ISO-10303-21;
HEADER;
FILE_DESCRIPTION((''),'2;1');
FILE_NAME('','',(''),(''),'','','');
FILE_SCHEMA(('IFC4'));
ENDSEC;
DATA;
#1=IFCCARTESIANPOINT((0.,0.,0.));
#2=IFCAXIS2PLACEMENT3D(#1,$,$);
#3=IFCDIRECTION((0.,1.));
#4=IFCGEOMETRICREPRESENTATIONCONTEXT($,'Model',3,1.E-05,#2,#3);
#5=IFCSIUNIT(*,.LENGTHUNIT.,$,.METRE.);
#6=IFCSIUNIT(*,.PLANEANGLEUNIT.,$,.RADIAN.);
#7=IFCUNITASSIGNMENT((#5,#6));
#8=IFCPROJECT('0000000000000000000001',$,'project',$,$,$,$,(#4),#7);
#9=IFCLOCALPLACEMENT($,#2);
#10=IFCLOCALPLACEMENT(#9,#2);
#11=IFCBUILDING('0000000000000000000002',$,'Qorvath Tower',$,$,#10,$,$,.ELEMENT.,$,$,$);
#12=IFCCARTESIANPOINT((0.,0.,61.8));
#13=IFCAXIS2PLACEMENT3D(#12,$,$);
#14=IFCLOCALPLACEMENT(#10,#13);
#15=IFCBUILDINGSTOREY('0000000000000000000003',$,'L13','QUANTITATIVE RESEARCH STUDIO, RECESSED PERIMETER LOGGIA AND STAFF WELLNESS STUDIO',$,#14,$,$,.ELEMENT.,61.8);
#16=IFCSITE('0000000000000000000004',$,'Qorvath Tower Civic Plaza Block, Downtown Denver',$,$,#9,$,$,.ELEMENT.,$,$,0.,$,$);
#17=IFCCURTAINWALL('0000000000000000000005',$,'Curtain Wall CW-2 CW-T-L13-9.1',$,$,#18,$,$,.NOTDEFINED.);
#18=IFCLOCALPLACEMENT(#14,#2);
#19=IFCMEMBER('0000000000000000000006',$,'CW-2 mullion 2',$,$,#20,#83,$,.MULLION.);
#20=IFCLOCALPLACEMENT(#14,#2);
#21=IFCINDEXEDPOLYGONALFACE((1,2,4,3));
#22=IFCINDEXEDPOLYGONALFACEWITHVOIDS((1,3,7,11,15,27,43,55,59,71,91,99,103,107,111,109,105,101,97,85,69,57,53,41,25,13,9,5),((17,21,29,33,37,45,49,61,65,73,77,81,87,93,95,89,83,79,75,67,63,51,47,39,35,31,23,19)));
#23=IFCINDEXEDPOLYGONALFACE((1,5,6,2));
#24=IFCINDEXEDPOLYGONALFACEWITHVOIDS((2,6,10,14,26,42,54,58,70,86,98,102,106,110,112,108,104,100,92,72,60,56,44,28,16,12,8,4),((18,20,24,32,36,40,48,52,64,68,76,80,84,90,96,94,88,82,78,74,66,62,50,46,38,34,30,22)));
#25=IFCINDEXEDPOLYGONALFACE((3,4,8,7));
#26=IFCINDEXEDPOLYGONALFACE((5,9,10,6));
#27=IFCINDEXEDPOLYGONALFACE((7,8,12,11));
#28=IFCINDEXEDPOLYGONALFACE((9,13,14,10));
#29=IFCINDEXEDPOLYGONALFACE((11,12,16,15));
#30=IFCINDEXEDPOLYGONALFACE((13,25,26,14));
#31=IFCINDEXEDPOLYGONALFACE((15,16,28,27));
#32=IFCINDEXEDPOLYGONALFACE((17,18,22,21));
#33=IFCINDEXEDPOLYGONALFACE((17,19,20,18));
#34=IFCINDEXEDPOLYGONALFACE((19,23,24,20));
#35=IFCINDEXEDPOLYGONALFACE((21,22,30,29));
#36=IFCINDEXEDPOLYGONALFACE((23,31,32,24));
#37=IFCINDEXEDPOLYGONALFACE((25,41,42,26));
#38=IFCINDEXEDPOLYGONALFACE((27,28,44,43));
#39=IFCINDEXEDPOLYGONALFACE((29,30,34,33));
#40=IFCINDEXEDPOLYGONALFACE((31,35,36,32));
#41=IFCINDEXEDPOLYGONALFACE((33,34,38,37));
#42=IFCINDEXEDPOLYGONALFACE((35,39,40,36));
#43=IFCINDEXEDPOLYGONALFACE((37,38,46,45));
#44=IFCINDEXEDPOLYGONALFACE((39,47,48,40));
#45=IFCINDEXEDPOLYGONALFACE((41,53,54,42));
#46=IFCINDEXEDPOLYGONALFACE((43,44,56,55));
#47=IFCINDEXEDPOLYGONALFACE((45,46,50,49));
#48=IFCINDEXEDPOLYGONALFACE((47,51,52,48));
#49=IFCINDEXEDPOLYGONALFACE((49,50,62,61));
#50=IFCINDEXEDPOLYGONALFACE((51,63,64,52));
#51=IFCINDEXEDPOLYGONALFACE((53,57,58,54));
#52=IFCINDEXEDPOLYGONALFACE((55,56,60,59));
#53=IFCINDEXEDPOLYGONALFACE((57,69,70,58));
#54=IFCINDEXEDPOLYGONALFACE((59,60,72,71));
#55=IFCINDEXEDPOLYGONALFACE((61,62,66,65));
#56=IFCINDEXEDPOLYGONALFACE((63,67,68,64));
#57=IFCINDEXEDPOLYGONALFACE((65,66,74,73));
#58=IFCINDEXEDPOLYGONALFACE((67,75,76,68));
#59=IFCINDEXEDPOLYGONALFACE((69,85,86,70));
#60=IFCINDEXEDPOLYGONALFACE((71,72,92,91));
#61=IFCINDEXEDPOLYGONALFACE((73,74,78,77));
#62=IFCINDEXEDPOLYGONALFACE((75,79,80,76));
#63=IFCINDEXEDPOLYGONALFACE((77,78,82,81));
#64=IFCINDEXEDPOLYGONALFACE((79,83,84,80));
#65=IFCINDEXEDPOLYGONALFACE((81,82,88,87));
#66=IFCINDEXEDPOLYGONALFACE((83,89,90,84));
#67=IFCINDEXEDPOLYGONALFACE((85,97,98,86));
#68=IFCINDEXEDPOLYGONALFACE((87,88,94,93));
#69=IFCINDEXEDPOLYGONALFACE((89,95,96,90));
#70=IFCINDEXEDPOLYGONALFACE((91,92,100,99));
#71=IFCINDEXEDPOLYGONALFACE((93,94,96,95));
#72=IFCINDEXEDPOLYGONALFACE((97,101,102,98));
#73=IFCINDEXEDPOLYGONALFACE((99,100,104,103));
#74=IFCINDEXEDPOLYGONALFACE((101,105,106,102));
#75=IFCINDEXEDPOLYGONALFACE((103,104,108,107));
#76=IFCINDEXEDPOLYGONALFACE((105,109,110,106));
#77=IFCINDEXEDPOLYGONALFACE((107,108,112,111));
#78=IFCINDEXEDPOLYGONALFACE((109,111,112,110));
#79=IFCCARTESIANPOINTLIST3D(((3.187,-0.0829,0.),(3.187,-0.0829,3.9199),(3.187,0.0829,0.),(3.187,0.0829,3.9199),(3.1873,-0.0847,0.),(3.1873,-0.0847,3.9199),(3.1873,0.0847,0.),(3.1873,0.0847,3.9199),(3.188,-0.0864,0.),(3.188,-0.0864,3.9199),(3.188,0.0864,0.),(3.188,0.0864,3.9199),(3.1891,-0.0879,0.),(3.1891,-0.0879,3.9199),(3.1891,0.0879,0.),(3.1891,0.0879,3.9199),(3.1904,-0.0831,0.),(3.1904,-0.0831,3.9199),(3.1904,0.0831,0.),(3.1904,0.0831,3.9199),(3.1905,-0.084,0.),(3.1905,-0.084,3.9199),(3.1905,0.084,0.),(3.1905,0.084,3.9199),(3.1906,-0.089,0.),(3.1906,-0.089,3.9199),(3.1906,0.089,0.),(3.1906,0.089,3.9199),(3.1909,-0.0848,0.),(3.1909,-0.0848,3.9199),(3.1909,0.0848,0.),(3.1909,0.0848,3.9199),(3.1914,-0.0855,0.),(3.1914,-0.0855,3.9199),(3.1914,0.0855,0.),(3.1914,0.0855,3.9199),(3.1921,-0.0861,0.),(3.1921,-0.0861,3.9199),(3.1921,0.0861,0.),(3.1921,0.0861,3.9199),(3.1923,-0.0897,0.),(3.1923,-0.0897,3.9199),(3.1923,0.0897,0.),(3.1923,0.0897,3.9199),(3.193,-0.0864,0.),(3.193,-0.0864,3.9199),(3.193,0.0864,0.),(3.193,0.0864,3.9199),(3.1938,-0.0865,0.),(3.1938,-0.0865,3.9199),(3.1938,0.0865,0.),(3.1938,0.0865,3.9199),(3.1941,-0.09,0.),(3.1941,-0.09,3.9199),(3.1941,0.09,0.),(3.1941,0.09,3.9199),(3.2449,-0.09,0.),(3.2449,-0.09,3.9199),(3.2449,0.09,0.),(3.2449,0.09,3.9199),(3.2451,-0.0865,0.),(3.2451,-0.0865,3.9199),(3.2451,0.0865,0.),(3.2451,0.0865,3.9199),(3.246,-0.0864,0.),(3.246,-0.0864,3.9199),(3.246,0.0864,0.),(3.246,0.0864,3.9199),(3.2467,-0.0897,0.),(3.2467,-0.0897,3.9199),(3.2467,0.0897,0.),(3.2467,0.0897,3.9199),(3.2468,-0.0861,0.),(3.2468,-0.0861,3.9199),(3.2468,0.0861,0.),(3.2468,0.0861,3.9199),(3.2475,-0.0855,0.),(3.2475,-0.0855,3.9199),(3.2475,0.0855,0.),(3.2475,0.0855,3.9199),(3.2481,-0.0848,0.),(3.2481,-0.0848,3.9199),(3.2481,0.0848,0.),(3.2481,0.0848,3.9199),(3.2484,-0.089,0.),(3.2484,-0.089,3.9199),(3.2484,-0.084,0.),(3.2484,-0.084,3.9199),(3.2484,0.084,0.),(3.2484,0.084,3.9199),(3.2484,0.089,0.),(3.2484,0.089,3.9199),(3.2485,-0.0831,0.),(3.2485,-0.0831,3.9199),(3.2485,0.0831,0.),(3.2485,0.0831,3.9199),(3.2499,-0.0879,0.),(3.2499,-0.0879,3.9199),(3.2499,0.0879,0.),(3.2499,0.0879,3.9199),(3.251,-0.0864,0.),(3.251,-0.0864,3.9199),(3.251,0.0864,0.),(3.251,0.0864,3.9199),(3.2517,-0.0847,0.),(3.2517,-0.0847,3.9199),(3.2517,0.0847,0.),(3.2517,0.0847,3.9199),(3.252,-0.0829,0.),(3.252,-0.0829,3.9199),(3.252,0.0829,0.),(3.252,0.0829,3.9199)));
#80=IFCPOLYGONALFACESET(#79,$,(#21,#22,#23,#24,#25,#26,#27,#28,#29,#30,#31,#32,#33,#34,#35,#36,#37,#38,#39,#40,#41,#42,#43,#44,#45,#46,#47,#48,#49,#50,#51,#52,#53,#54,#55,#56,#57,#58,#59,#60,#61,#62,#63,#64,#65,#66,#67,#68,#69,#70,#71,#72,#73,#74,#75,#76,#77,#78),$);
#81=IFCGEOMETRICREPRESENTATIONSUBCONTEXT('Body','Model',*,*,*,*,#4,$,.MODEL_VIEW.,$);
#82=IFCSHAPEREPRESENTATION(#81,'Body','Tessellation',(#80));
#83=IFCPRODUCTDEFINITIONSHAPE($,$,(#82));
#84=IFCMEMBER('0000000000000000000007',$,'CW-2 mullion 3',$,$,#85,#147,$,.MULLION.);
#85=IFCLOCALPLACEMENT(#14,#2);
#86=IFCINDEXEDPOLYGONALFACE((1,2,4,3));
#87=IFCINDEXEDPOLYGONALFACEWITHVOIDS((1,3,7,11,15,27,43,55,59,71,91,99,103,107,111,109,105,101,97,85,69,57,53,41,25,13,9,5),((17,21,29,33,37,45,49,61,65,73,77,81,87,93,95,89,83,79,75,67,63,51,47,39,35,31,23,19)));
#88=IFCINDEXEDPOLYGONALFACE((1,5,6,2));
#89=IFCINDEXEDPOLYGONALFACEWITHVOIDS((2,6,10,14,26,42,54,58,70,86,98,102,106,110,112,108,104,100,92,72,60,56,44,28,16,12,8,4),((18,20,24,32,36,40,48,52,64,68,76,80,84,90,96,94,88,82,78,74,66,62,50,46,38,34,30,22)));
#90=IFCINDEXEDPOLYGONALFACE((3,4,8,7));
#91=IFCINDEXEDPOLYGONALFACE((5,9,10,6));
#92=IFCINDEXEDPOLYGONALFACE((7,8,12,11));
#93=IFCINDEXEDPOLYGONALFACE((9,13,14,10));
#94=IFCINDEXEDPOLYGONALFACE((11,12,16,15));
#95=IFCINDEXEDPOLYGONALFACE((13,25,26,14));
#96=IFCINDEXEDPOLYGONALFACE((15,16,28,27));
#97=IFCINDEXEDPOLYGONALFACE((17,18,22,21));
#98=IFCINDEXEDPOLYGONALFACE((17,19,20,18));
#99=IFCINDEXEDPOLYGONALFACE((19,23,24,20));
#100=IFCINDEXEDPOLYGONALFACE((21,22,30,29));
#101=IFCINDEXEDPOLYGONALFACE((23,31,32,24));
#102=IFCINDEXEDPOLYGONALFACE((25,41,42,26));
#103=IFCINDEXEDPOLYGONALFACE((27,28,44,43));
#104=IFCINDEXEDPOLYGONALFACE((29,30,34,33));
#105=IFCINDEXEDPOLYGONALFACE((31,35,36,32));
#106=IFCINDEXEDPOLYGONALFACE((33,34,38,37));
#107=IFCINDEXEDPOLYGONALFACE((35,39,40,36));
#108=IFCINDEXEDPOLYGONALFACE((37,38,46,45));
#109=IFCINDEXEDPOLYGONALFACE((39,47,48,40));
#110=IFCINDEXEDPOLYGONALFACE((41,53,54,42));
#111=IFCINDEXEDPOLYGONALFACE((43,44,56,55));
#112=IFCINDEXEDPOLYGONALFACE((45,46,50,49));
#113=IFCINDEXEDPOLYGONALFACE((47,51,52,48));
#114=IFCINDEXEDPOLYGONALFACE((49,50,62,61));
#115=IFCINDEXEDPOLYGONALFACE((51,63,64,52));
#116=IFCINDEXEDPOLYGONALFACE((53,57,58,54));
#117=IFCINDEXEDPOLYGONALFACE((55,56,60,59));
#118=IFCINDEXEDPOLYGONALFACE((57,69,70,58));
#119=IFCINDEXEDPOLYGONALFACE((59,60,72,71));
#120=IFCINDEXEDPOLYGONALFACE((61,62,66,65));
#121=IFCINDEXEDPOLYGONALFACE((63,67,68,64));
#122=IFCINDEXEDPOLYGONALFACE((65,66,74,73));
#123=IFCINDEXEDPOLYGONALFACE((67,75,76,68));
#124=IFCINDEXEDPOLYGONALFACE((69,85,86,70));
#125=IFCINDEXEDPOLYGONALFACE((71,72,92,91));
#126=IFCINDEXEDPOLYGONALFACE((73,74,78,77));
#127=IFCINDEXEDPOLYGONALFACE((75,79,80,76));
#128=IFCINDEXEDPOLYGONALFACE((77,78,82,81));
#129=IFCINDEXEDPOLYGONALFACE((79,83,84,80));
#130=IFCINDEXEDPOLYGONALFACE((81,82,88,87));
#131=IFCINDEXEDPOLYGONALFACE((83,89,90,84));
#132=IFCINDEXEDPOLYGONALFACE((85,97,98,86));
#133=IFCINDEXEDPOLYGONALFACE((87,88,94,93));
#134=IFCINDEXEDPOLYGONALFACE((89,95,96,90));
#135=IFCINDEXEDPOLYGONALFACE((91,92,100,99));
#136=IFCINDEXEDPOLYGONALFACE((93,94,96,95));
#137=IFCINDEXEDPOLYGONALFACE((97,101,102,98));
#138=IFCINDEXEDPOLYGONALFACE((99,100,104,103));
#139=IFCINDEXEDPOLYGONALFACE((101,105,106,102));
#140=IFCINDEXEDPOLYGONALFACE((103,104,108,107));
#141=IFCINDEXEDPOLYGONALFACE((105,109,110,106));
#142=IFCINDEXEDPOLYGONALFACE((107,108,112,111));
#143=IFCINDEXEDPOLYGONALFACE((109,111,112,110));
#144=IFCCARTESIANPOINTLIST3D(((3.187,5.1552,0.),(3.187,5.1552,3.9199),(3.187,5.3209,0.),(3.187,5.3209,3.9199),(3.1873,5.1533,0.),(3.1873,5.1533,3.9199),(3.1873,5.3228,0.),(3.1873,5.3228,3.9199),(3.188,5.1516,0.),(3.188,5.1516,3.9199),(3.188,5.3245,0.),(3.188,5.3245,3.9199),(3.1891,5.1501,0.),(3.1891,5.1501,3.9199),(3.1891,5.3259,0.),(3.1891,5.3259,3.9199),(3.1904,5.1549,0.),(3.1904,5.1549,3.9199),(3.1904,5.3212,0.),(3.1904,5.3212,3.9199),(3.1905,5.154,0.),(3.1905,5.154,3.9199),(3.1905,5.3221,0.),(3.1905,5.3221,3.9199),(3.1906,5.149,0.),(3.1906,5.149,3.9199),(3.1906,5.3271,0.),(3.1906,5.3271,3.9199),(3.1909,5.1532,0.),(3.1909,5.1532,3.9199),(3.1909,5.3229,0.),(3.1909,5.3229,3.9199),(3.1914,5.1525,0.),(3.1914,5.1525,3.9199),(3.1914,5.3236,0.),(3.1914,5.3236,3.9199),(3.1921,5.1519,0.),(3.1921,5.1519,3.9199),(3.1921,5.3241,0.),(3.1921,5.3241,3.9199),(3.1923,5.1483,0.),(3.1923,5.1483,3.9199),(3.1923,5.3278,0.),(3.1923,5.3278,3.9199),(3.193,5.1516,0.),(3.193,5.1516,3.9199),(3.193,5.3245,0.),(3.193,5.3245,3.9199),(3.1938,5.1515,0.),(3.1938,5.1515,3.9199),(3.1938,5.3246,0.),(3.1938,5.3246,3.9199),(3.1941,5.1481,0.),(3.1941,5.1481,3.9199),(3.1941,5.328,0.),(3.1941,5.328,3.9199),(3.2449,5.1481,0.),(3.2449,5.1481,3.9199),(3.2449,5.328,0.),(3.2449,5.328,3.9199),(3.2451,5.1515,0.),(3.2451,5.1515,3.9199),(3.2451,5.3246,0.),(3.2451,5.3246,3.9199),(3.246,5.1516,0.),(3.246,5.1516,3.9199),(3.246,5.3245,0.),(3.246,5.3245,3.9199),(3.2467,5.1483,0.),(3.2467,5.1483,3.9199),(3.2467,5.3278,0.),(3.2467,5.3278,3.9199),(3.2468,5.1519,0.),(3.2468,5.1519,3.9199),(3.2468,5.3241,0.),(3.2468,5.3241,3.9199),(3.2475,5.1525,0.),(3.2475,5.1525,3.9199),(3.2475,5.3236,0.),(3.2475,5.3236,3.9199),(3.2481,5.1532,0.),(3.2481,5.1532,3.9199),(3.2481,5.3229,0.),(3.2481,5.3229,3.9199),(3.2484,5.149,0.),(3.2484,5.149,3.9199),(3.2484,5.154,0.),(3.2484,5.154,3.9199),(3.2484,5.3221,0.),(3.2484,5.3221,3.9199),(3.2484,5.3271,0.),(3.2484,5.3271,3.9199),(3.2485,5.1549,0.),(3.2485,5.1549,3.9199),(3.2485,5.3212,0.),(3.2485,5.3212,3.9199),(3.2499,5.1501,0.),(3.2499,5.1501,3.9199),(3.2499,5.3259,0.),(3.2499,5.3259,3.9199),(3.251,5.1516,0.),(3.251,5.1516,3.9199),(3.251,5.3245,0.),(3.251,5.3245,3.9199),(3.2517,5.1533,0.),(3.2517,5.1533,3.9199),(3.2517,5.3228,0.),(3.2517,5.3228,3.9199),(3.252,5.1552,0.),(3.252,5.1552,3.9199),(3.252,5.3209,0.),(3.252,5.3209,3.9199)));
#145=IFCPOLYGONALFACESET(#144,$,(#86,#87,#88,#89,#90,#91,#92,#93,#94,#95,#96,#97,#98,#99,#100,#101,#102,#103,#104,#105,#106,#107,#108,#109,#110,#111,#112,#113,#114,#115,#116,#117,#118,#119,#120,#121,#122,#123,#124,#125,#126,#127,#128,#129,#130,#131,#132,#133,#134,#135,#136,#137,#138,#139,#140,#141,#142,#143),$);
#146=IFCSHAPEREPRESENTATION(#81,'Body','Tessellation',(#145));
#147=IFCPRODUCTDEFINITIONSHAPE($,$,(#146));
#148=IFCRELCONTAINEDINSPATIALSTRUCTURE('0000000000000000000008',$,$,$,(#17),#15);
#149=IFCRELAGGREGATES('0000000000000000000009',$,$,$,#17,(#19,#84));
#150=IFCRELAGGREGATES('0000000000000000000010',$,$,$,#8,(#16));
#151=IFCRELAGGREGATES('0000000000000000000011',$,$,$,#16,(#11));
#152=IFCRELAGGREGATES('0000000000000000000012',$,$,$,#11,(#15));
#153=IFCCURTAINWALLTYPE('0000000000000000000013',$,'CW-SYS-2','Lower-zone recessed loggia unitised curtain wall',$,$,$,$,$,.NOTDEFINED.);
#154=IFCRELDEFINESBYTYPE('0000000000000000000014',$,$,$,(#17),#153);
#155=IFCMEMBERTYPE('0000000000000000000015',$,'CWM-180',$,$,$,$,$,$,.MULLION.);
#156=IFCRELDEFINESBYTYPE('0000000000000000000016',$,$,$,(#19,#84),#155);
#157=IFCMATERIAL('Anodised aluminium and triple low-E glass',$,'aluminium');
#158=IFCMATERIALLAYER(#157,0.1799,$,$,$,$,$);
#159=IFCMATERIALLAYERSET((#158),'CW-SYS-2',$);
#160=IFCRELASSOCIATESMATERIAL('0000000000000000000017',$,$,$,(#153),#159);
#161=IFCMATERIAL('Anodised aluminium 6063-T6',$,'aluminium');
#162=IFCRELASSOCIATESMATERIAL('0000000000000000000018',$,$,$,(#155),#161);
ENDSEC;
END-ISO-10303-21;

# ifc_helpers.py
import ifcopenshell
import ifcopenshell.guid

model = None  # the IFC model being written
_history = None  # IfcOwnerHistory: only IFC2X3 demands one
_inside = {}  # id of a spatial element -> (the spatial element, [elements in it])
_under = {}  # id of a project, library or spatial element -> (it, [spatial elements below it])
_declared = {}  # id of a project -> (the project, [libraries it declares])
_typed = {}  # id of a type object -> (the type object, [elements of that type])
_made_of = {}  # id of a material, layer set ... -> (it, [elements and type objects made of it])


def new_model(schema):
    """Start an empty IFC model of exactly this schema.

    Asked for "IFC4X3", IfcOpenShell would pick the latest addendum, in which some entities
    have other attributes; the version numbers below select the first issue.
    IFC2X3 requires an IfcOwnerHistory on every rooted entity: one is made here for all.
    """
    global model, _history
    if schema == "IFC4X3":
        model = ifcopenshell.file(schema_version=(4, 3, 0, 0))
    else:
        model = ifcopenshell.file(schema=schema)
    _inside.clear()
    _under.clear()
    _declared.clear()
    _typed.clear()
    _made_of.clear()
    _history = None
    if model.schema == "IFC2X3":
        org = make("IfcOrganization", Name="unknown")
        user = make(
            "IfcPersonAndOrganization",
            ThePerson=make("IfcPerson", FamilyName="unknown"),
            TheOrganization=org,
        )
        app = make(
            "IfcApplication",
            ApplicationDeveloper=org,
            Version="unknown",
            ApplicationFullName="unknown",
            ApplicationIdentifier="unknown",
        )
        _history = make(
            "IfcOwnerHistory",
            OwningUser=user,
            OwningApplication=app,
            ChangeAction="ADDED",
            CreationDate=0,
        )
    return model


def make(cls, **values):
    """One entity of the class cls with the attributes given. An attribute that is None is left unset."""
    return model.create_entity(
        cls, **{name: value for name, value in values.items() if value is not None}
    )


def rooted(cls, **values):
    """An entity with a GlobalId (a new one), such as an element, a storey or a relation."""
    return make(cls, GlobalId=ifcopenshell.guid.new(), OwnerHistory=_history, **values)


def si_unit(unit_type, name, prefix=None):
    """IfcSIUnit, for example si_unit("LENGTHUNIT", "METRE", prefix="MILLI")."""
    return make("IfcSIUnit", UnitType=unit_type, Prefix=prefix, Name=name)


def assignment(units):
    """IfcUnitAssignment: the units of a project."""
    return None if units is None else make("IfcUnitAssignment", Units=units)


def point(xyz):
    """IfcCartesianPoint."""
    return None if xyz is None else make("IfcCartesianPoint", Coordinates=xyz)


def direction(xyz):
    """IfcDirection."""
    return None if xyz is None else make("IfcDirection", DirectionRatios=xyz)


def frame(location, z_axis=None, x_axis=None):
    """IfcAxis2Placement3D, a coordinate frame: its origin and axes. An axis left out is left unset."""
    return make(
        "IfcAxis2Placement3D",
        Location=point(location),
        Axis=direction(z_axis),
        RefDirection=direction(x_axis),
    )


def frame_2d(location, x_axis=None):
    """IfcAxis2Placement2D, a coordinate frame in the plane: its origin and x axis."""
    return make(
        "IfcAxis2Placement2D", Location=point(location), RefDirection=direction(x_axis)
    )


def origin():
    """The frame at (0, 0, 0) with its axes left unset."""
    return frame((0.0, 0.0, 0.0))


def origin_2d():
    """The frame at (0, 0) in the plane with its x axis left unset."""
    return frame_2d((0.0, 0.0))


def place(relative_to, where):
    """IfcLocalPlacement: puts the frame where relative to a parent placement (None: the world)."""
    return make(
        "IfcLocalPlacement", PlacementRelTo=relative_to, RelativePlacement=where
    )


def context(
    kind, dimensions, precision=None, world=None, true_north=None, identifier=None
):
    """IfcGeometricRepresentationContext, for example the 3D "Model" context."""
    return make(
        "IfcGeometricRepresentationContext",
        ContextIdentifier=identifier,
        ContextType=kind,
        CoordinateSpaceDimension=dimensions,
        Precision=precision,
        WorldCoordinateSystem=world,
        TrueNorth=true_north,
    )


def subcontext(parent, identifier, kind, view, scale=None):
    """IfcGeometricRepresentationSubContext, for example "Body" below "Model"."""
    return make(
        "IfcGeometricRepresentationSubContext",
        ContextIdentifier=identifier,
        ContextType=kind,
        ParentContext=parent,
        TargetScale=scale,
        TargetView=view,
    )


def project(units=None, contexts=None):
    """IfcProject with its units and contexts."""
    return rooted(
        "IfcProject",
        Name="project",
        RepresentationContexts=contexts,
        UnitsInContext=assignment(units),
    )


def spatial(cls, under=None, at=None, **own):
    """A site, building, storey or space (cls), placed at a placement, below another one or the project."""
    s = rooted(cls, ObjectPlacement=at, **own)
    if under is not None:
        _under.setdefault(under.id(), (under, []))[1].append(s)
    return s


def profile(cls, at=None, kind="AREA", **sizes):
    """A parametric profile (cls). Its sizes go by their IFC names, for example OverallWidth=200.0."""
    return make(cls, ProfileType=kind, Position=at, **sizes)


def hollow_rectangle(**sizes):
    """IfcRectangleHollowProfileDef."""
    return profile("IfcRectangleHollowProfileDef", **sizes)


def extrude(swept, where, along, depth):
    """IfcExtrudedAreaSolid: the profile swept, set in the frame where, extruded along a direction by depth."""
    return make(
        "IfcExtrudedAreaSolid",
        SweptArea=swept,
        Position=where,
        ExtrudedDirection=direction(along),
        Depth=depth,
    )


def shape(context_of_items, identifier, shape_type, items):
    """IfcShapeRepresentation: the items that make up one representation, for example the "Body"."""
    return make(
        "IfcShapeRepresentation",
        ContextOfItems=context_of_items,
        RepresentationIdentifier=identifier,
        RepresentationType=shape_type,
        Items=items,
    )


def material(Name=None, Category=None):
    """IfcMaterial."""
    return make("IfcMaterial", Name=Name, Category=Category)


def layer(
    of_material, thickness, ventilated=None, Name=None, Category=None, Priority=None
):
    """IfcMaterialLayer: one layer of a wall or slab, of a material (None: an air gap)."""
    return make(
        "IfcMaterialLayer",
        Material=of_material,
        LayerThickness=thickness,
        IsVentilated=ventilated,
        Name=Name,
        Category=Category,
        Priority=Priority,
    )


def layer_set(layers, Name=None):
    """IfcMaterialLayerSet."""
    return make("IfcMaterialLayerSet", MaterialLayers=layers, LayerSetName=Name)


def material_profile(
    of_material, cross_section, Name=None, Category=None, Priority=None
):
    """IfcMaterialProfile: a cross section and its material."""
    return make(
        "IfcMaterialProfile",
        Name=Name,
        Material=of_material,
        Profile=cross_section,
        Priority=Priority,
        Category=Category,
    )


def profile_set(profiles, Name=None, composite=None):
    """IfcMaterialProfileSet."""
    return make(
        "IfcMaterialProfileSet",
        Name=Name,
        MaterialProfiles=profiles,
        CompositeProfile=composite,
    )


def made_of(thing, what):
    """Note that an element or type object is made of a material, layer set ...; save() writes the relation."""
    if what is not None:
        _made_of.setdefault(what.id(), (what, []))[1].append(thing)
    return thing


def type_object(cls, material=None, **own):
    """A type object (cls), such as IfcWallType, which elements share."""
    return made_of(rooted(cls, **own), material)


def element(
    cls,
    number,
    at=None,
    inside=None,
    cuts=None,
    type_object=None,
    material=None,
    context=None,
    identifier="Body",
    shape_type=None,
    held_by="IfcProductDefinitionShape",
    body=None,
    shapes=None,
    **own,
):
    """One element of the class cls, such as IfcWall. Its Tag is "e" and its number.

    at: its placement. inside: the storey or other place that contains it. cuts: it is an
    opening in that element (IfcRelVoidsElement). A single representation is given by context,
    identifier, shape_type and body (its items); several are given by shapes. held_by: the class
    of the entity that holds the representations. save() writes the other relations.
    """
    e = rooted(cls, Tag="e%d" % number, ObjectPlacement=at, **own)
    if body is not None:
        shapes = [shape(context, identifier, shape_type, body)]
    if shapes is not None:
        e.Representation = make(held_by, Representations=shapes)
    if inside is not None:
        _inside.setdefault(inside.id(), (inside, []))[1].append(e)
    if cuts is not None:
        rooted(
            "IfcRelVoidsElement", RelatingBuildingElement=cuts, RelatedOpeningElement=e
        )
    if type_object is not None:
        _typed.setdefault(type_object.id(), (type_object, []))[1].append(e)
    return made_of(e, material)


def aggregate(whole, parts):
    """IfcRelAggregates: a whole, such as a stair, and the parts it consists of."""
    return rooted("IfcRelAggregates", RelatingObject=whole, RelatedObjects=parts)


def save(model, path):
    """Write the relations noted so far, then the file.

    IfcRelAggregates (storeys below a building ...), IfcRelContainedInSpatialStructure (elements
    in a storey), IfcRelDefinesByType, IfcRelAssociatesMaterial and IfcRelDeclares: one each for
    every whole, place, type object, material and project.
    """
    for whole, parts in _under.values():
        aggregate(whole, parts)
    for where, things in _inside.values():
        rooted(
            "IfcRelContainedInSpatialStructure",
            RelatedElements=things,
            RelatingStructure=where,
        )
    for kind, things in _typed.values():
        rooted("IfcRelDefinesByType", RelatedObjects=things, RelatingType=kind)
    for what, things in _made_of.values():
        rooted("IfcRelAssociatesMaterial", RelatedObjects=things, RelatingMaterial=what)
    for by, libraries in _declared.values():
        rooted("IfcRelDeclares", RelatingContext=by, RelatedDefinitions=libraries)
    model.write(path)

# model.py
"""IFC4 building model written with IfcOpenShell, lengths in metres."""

from ifc_helpers import new_model, si_unit, direction, frame, origin, origin_2d, place, context, subcontext, project, spatial, hollow_rectangle, extrude, material, layer, layer_set, material_profile, profile_set, type_object, element, aggregate, save


model = new_model("IFC4")

# Units and contexts
model_context = context("Model", 3, precision=1e-05, world=origin(), true_north=direction((0.0, 1.0)))
body_context = subcontext(model_context, "Body", "Model", "MODEL_VIEW")
ifc_project = project(units=[si_unit("LENGTHUNIT", "METRE"), si_unit("PLANEANGLEUNIT", "RADIAN")], contexts=[model_context])

# Site, building, storey
site_placement = place(None, origin())
site = spatial("IfcSite", under=ifc_project, at=site_placement, Name="Qorvath Tower Civic Plaza Block, Downtown Denver", CompositionType="ELEMENT", RefElevation=0.0)
building_placement = place(site_placement, origin())
building = spatial("IfcBuilding", under=site, at=building_placement, Name="Qorvath Tower", CompositionType="ELEMENT")
storey_placement = place(building_placement, frame((0.0, 0.0, 61.8)))
storey = spatial("IfcBuildingStorey", under=building, at=storey_placement, Name="L13", Description="QUANTITATIVE RESEARCH STUDIO, RECESSED PERIMETER LOGGIA AND STAFF WELLNESS STUDIO", CompositionType="ELEMENT", Elevation=61.8)

# Curtain wall, members
ifc_material_1 = material(Name="Anodised aluminium and triple low-E glass", Category="aluminium")
ifc_layer_1 = layer(ifc_material_1, 0.1799)
ifc_layer_set_1 = layer_set([ifc_layer_1], Name="CW-SYS-2")
curtain_wall_type = type_object("IfcCurtainWallType", Name="CW-SYS-2", Description="Lower-zone recessed loggia unitised curtain wall", PredefinedType="NOTDEFINED", material=ifc_layer_set_1)
curtain_wall_1_placement = place(storey_placement, origin())
curtain_wall_1 = element("IfcCurtainWall", 1, at=curtain_wall_1_placement, inside=storey, type_object=curtain_wall_type, Name="Curtain Wall CW-2 CW-T-L13-9.1", PredefinedType="NOTDEFINED")
ifc_material_2 = material(Name="Anodised aluminium 6063-T6", Category="aluminium")
ifc_material_profile_1 = material_profile(ifc_material_2, hollow_rectangle(XDim=0.0649, YDim=0.1799, WallThickness=0.0034, InnerFilletRadius=0.0034, OuterFilletRadius=0.0071, at=origin_2d()), Name="CWM 180x65")
ifc_profile_set_1 = profile_set([ifc_material_profile_1], Name="Anodised aluminium 6063-T6")
member_type_1 = type_object("IfcMemberType", Name="CWM-180", PredefinedType="MULLION", material=ifc_profile_set_1)
member_1_placement = place(storey_placement, frame((3.2195, 0.0, 0.0), z_axis=(0.0, 0.0, 1.0), x_axis=(-1.0, 0.0, 0.0)))
member_1 = element("IfcMember", 2, at=member_1_placement, type_object=member_type_1, Name="CW-2 mullion 2", PredefinedType="MULLION", context=body_context, shape_type="SweptSolid", body=[
    extrude(hollow_rectangle(XDim=0.0649, YDim=0.1799, WallThickness=0.0034, InnerFilletRadius=0.0034, OuterFilletRadius=0.0071, at=origin_2d()), origin(), (0.0, 0.0, 1.0), 3.9199),
])
member_2_placement = place(storey_placement, frame((3.2195, 5.238, 0.0), z_axis=(0.0, 0.0, 1.0), x_axis=(-1.0, 0.0, 0.0)))
member_2 = element("IfcMember", 3, at=member_2_placement, type_object=member_type_1, Name="CW-2 mullion 3", PredefinedType="MULLION", context=body_context, shape_type="SweptSolid", body=[
    extrude(hollow_rectangle(XDim=0.0649, YDim=0.1799, WallThickness=0.0034, InnerFilletRadius=0.0034, OuterFilletRadius=0.0071, at=origin_2d()), origin(), (0.0, 0.0, 1.0), 3.9199),
])

aggregate(curtain_wall_1, [member_1, member_2])

save(model, "model.ifc")
